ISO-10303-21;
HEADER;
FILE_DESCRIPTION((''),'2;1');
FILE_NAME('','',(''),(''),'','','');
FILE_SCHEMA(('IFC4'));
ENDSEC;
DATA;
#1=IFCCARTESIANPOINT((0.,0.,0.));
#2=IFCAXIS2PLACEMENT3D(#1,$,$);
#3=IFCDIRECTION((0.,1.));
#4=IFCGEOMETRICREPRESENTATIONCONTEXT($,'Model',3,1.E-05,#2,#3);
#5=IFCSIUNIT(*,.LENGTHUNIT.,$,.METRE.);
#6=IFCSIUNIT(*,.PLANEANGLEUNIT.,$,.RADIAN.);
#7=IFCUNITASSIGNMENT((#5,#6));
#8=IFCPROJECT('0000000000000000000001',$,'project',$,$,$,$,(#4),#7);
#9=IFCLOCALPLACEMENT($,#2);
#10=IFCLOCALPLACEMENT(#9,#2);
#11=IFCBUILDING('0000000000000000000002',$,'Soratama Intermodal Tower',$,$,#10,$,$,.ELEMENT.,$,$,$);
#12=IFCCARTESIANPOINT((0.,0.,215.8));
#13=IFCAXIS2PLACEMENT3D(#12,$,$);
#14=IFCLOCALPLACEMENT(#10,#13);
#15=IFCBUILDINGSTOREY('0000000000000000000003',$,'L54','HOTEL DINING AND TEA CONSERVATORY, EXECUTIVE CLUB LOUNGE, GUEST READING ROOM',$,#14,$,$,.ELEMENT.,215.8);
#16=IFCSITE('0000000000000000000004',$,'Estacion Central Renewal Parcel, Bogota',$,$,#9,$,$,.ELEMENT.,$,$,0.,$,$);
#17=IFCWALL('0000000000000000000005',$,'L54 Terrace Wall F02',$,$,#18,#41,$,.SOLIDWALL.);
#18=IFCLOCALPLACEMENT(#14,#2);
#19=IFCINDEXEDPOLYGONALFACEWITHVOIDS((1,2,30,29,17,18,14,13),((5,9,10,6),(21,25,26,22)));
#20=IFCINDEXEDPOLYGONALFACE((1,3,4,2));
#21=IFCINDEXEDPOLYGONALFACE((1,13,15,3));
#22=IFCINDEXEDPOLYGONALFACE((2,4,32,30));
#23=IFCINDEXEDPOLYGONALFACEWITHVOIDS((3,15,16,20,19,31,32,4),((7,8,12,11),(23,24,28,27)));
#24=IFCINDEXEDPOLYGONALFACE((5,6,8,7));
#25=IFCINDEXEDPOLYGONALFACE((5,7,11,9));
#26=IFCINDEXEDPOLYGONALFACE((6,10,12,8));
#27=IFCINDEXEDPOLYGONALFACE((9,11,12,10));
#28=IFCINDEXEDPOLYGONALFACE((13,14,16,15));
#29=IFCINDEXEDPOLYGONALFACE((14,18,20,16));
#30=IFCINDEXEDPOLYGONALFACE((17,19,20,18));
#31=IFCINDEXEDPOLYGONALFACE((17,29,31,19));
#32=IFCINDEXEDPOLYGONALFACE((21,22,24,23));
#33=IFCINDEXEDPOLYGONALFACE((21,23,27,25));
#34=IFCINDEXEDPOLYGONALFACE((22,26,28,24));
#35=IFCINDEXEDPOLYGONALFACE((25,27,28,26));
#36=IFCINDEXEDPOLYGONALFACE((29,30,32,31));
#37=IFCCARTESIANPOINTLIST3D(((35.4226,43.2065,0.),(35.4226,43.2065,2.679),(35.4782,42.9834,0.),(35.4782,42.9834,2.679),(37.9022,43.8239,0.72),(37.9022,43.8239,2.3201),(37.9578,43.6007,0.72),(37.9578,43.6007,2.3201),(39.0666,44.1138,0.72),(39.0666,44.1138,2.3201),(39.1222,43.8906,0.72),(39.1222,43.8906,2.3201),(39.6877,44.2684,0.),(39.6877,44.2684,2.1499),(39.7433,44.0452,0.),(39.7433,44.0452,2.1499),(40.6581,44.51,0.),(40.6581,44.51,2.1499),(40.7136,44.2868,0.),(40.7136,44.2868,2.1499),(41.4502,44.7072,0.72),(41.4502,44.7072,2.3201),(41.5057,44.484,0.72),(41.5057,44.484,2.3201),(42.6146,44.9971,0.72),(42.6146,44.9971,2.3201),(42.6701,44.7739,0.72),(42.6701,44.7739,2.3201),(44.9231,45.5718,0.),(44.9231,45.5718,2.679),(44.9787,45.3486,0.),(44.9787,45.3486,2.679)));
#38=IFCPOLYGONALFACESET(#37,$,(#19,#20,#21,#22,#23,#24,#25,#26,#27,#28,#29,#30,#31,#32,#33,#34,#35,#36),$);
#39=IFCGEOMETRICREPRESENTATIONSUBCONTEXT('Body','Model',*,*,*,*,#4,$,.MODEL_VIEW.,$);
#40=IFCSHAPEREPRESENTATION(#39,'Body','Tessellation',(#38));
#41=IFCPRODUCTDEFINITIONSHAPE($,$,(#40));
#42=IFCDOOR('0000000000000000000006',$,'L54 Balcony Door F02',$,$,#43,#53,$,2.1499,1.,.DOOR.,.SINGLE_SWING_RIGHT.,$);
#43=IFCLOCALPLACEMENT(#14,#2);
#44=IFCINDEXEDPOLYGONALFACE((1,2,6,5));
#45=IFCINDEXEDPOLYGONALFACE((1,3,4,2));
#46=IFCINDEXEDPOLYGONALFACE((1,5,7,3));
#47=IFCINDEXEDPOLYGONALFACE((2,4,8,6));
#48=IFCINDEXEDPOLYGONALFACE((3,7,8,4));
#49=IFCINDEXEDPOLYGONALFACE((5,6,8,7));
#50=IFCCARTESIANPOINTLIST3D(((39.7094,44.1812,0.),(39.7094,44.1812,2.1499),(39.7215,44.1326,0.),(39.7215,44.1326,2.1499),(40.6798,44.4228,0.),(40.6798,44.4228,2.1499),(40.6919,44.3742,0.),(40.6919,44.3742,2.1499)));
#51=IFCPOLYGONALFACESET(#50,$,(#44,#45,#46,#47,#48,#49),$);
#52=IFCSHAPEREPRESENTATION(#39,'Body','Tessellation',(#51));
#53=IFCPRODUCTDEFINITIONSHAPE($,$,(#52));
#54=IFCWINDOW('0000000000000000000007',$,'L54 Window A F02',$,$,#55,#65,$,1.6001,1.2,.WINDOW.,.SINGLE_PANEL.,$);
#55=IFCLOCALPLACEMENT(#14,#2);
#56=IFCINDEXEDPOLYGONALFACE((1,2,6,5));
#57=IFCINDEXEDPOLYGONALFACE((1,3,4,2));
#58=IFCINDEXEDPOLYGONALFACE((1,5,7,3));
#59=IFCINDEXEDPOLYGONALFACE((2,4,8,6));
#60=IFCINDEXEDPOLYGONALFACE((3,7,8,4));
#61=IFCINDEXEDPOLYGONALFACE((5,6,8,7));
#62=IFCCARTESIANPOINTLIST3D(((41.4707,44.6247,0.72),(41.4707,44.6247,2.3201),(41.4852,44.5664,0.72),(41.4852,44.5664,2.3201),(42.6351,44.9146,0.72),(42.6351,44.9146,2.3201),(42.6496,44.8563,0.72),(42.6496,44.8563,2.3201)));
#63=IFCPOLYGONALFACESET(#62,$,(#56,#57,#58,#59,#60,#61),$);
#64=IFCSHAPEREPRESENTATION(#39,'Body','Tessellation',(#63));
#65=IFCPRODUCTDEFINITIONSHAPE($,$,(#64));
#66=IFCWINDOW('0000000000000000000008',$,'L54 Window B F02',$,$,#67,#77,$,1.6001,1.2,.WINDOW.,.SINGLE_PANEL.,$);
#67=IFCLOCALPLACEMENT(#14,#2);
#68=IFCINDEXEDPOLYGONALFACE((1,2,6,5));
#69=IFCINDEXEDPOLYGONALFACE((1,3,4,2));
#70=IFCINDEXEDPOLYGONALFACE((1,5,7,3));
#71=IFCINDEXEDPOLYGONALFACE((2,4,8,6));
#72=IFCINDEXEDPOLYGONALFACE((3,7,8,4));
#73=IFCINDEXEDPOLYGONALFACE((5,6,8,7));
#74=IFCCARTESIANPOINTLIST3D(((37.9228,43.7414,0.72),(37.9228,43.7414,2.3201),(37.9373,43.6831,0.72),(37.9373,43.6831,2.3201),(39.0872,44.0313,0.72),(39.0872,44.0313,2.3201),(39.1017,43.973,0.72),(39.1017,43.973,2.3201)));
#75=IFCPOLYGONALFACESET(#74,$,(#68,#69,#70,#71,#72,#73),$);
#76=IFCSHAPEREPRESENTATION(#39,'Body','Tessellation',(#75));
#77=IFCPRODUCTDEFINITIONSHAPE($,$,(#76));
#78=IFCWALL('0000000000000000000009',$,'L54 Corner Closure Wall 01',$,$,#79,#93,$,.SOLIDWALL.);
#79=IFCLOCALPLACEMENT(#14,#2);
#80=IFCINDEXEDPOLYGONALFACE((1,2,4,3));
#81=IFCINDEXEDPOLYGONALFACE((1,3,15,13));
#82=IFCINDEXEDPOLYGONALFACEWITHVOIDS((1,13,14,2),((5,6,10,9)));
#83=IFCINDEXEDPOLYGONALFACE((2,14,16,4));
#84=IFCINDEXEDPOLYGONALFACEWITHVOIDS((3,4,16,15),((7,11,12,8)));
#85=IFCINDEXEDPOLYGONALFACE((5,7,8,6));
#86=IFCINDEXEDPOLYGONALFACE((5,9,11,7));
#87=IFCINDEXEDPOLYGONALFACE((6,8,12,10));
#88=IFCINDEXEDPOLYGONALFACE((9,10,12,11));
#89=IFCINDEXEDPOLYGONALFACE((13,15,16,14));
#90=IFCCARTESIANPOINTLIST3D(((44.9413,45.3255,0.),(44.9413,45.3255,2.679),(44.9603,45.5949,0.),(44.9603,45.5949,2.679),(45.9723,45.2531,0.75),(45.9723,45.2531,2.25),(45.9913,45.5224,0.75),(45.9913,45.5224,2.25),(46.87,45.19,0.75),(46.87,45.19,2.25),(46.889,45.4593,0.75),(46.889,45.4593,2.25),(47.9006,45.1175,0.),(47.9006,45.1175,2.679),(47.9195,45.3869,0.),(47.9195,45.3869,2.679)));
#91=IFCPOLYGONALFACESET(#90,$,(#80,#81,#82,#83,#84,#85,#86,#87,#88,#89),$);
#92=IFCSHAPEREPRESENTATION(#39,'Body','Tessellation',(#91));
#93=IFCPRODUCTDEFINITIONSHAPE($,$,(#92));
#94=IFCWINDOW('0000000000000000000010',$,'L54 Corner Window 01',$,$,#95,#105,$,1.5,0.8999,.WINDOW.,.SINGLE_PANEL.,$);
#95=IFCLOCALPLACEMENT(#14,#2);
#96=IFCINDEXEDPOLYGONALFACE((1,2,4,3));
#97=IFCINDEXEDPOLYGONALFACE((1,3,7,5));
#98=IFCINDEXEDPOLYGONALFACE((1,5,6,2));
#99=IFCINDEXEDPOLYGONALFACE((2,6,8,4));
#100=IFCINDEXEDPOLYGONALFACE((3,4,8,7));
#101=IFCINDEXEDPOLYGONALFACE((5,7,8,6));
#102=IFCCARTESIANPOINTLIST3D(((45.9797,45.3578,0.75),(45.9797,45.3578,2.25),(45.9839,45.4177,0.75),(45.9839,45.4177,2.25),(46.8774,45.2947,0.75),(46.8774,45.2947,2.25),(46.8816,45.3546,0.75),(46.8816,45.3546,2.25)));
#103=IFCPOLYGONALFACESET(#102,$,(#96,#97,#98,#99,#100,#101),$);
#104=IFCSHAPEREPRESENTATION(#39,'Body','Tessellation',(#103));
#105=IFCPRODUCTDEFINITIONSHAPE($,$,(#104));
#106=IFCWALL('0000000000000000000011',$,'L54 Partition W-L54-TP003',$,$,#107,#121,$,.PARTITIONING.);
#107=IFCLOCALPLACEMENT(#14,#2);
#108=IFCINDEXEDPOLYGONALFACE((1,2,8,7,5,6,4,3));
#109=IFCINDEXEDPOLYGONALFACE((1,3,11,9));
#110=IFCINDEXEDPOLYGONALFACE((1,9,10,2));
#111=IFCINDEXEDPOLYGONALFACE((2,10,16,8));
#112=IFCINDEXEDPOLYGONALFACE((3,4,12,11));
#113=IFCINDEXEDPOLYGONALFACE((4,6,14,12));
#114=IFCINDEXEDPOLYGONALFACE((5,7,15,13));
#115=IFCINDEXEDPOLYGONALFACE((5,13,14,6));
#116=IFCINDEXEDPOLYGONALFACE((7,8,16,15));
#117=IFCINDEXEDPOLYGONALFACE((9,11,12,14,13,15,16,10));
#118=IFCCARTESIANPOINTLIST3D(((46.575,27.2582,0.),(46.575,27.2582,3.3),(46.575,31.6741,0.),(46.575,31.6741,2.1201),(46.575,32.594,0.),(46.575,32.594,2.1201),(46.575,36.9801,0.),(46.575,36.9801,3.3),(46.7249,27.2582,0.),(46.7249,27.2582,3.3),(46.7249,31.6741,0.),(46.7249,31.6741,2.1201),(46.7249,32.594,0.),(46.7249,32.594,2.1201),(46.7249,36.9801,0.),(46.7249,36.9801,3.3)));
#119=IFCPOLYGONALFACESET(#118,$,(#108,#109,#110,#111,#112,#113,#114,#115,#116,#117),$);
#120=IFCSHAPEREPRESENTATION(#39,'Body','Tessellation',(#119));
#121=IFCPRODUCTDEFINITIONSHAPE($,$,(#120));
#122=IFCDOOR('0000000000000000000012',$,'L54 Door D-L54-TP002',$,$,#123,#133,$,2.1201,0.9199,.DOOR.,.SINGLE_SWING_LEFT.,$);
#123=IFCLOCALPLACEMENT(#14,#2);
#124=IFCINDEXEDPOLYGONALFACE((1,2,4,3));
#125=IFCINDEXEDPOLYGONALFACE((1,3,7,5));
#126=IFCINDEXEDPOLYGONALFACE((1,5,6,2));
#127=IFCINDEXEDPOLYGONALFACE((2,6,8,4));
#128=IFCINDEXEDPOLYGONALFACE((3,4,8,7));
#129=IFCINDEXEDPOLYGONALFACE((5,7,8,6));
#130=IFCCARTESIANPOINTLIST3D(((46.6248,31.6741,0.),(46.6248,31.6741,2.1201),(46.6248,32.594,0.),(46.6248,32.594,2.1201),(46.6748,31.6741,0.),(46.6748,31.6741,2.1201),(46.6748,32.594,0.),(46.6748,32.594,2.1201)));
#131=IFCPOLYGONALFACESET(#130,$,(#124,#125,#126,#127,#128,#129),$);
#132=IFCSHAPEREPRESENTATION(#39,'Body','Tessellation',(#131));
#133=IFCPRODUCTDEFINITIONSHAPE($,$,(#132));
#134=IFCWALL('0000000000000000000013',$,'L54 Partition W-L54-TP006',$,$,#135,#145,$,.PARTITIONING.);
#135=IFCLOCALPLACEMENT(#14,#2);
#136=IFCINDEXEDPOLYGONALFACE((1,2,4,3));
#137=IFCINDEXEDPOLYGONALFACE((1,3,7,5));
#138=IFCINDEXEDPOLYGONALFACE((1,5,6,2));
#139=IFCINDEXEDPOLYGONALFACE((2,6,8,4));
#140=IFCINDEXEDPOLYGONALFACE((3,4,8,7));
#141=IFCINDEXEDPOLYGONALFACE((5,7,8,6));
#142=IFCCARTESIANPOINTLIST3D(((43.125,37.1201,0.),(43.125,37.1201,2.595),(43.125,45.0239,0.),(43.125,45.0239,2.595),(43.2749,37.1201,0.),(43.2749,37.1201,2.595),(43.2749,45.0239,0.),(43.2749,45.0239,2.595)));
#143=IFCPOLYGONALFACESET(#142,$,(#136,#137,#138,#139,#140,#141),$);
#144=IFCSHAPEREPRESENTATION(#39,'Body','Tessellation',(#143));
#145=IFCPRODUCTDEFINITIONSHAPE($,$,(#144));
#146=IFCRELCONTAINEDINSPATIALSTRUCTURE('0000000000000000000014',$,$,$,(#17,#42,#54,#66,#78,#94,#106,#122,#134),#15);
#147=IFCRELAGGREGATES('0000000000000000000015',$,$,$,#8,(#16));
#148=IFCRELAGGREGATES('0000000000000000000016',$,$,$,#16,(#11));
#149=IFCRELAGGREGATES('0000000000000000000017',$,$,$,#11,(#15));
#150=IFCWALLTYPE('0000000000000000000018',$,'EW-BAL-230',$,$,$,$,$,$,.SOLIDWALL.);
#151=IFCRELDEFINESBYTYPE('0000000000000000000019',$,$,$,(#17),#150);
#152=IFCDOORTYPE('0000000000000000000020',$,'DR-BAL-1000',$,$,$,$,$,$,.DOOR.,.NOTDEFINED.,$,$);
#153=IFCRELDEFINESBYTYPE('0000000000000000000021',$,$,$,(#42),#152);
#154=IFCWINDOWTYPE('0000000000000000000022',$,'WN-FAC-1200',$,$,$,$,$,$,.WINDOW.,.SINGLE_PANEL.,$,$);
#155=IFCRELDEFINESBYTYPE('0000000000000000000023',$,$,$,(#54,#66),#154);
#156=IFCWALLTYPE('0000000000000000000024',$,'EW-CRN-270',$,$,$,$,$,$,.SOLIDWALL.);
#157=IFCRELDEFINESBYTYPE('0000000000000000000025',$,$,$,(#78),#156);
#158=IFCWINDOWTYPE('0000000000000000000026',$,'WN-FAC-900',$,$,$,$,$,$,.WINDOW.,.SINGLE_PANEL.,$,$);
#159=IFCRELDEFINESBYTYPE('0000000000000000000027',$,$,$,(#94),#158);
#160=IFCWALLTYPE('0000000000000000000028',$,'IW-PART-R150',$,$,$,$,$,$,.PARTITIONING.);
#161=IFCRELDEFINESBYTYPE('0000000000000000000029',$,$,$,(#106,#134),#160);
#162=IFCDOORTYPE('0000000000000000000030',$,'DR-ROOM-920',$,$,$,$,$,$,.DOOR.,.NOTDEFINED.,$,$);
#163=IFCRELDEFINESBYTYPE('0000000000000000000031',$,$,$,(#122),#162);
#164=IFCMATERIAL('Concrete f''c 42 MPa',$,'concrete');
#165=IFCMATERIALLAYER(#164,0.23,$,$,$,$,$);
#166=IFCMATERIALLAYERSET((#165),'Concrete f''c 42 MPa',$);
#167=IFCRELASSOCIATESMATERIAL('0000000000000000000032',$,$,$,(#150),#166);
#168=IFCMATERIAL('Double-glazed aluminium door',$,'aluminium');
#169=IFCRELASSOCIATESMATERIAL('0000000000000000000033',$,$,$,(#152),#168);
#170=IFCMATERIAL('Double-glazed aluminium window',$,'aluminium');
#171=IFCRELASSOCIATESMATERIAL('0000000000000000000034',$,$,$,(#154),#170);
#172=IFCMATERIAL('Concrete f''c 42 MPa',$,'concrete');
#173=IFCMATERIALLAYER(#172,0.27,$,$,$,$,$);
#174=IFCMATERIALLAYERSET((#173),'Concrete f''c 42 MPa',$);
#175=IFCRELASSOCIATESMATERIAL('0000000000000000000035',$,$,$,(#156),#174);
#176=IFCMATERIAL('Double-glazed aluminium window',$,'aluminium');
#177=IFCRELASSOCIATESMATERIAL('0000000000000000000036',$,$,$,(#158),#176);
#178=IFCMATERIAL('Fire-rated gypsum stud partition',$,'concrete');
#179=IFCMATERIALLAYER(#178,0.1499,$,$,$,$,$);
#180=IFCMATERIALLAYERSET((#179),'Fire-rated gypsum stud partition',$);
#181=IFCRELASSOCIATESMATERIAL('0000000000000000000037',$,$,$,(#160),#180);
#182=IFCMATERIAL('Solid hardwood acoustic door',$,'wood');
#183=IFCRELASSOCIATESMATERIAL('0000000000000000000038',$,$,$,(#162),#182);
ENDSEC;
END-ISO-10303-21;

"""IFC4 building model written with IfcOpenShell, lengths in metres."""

from ifc_helpers import new_model, si_unit, direction, frame, frame_2d, origin, place, context, subcontext, project, spatial, rectangle, extrude, material, layer, layer_set, type_object, element, fill, save


model = new_model("IFC4")

# Units and contexts
model_context = context("Model", 3, precision=1e-05, world=origin(), true_north=direction((0.0, 1.0)))
body_context = subcontext(model_context, "Body", "Model", "MODEL_VIEW")
ifc_project = project(units=[si_unit("LENGTHUNIT", "METRE"), si_unit("PLANEANGLEUNIT", "RADIAN")], contexts=[model_context])

# Site, building, storey
site_placement = place(None, origin())
site = spatial("IfcSite", under=ifc_project, at=site_placement, Name="Estacion Central Renewal Parcel, Bogota", CompositionType="ELEMENT", RefElevation=0.0)
building_placement = place(site_placement, origin())
building = spatial("IfcBuilding", under=site, at=building_placement, Name="Soratama Intermodal Tower", CompositionType="ELEMENT")
storey_placement = place(building_placement, frame((0.0, 0.0, 215.8)))
storey = spatial("IfcBuildingStorey", under=building, at=storey_placement, Name="L54", Description="HOTEL DINING AND TEA CONSERVATORY, EXECUTIVE CLUB LOUNGE, GUEST READING ROOM", CompositionType="ELEMENT", Elevation=215.8)

# Wall, openings, door, windows
ifc_material_1 = material(Name="Concrete f'c 42 MPa", Category="concrete")
ifc_layer_1 = layer(ifc_material_1, 0.23)
ifc_layer_set_1 = layer_set([ifc_layer_1], Name="Concrete f'c 42 MPa")
wall_type_1 = type_object("IfcWallType", Name="EW-BAL-230", PredefinedType="SOLIDWALL", material=ifc_layer_set_1)
wall_1_placement = place(storey_placement, frame((44.9509, 45.4602, 0.0), z_axis=(0.0, 0.0, 1.0), x_axis=(-0.97038, -0.241585, 0.0)))
wall_1 = element("IfcWall", 1, at=wall_1_placement, inside=storey, type_object=wall_type_1, Name="L54 Terrace Wall F02", PredefinedType="SOLIDWALL", context=body_context, shape_type="SweptSolid", body=[
    extrude(rectangle(XDim=9.7905, YDim=0.23, at=frame_2d((4.8953, 0.0))), origin(), (0.0, 0.0, 1.0), 2.679),
])
opening_1_placement = place(wall_1_placement, frame((4.3953, 0.0, 0.0)))
opening_1 = element("IfcOpeningElement", 2, at=opening_1_placement, cuts=wall_1, PredefinedType="OPENING", context=body_context, shape_type="SweptSolid", body=[
    extrude(rectangle(XDim=1.0, YDim=2.1499, at=frame_2d((0.5, 1.075))), frame((0.0, 0.125, 0.0), z_axis=(0.0, -1.0, 0.0), x_axis=(1.0, 0.0, 0.0)), (0.0, 0.0, 1.0), 0.25),
])
opening_2_placement = place(wall_1_placement, frame((2.3789, 0.0, 0.72)))
opening_2 = element("IfcOpeningElement", 3, at=opening_2_placement, cuts=wall_1, PredefinedType="OPENING", context=body_context, shape_type="SweptSolid", body=[
    extrude(rectangle(XDim=1.2, YDim=1.6001, at=frame_2d((0.6001, 0.8))), frame((0.0, 0.125, 0.0), z_axis=(0.0, -1.0, 0.0), x_axis=(1.0, 0.0, 0.0)), (0.0, 0.0, 1.0), 0.25),
])
opening_3_placement = place(wall_1_placement, frame((6.0352, 0.0, 0.72)))
opening_3 = element("IfcOpeningElement", 4, at=opening_3_placement, cuts=wall_1, PredefinedType="OPENING", context=body_context, shape_type="SweptSolid", body=[
    extrude(rectangle(XDim=1.2, YDim=1.6001, at=frame_2d((0.6001, 0.8))), frame((0.0, 0.125, 0.0), z_axis=(0.0, -1.0, 0.0), x_axis=(1.0, 0.0, 0.0)), (0.0, 0.0, 1.0), 0.25),
])
ifc_material_2 = material(Name="Double-glazed aluminium door", Category="aluminium")
door_type_1 = type_object("IfcDoorType", Name="DR-BAL-1000", OperationType="NOTDEFINED", PredefinedType="DOOR", material=ifc_material_2)
door_1_placement = place(opening_1_placement, origin())
door_1 = element("IfcDoor", 5, at=door_1_placement, inside=storey, type_object=door_type_1, Name="L54 Balcony Door F02", OperationType="SINGLE_SWING_RIGHT", OverallHeight=2.1499, OverallWidth=1.0, PredefinedType="DOOR", context=body_context, shape_type="SweptSolid", body=[
    extrude(rectangle(XDim=1.0, YDim=2.1499, at=frame_2d((0.5, 1.075))), frame((0.0, 0.0249, 0.0), z_axis=(0.0, -1.0, 0.0), x_axis=(1.0, 0.0, 0.0)), (0.0, 0.0, 1.0), 0.05),
])
fill(opening_1, door_1)
ifc_material_3 = material(Name="Double-glazed aluminium window", Category="aluminium")
window_type_1 = type_object("IfcWindowType", Name="WN-FAC-1200", PartitioningType="SINGLE_PANEL", PredefinedType="WINDOW", material=ifc_material_3)
window_1_placement = place(opening_2_placement, origin())
window_1 = element("IfcWindow", 6, at=window_1_placement, inside=storey, type_object=window_type_1, Name="L54 Window A F02", OverallHeight=1.6001, OverallWidth=1.2, PartitioningType="SINGLE_PANEL", PredefinedType="WINDOW", context=body_context, shape_type="SweptSolid", body=[
    extrude(rectangle(XDim=1.2, YDim=1.6001, at=frame_2d((0.6001, 0.8))), frame((0.0, 0.03, 0.0), z_axis=(0.0, -1.0, 0.0), x_axis=(1.0, 0.0, 0.0)), (0.0, 0.0, 1.0), 0.0601),
])
fill(opening_2, window_1)
window_2_placement = place(opening_3_placement, origin())
window_2 = element("IfcWindow", 7, at=window_2_placement, inside=storey, type_object=window_type_1, Name="L54 Window B F02", OverallHeight=1.6001, OverallWidth=1.2, PartitioningType="SINGLE_PANEL", PredefinedType="WINDOW", context=body_context, shape_type="SweptSolid", body=[
    extrude(rectangle(XDim=1.2, YDim=1.6001, at=frame_2d((0.6001, 0.8))), frame((0.0, 0.03, 0.0), z_axis=(0.0, -1.0, 0.0), x_axis=(1.0, 0.0, 0.0)), (0.0, 0.0, 1.0), 0.0601),
])
fill(opening_3, window_2)

# Wall, opening, window
ifc_material_4 = material(Name="Concrete f'c 42 MPa", Category="concrete")
ifc_layer_2 = layer(ifc_material_4, 0.27)
ifc_layer_set_2 = layer_set([ifc_layer_2], Name="Concrete f'c 42 MPa")
wall_type_2 = type_object("IfcWallType", Name="EW-CRN-270", PredefinedType="SOLIDWALL", material=ifc_layer_set_2)
wall_2_placement = place(storey_placement, frame((47.9102, 45.2522, 0.0), z_axis=(0.0, 0.0, 1.0), x_axis=(-0.997539, 0.070118, 0.0)))
wall_2 = element("IfcWall", 8, at=wall_2_placement, inside=storey, type_object=wall_type_2, Name="L54 Corner Closure Wall 01", PredefinedType="SOLIDWALL", context=body_context, shape_type="SweptSolid", body=[
    extrude(rectangle(XDim=2.9666, YDim=0.27, at=frame_2d((1.4834, 0.0))), origin(), (0.0, 0.0, 1.0), 2.679),
])
opening_4_placement = place(wall_2_placement, frame((1.0332, 0.0, 0.75)))
opening_4 = element("IfcOpeningElement", 9, at=opening_4_placement, cuts=wall_2, PredefinedType="OPENING", context=body_context, shape_type="SweptSolid", body=[
    extrude(rectangle(XDim=0.8999, YDim=1.5, at=frame_2d((0.45, 0.75))), frame((0.0, 0.145, 0.0), z_axis=(0.0, -1.0, 0.0), x_axis=(1.0, 0.0, 0.0)), (0.0, 0.0, 1.0), 0.29),
])
ifc_material_5 = material(Name="Double-glazed aluminium window", Category="aluminium")
window_type_2 = type_object("IfcWindowType", Name="WN-FAC-900", PartitioningType="SINGLE_PANEL", PredefinedType="WINDOW", material=ifc_material_5)
window_3_placement = place(opening_4_placement, origin())
window_3 = element("IfcWindow", 10, at=window_3_placement, inside=storey, type_object=window_type_2, Name="L54 Corner Window 01", OverallHeight=1.5, OverallWidth=0.8999, PartitioningType="SINGLE_PANEL", PredefinedType="WINDOW", context=body_context, shape_type="SweptSolid", body=[
    extrude(rectangle(XDim=0.8999, YDim=1.5, at=frame_2d((0.45, 0.75))), frame((0.0, 0.03, 0.0), z_axis=(0.0, -1.0, 0.0), x_axis=(1.0, 0.0, 0.0)), (0.0, 0.0, 1.0), 0.0601),
])
fill(opening_4, window_3)

# Wall, opening, door
ifc_material_6 = material(Name="Fire-rated gypsum stud partition", Category="concrete")
ifc_layer_3 = layer(ifc_material_6, 0.1499)
ifc_layer_set_3 = layer_set([ifc_layer_3], Name="Fire-rated gypsum stud partition")
wall_type_3 = type_object("IfcWallType", Name="IW-PART-R150", PredefinedType="PARTITIONING", material=ifc_layer_set_3)
wall_3_placement = place(storey_placement, frame((46.6499, 36.98, 0.0), z_axis=(0.0, 0.0, 1.0), x_axis=(0.0, -1.0, 0.0)))
wall_3 = element("IfcWall", 11, at=wall_3_placement, inside=storey, type_object=wall_type_3, Name="L54 Partition W-L54-TP003", PredefinedType="PARTITIONING", context=body_context, shape_type="SweptSolid", body=[
    extrude(rectangle(XDim=9.7219, YDim=0.1499, at=frame_2d((4.8608, 0.0))), origin(), (0.0, 0.0, 1.0), 3.3),
])
opening_5_placement = place(wall_3_placement, frame((4.386, 0.0, 0.0)))
opening_5 = element("IfcOpeningElement", 12, at=opening_5_placement, cuts=wall_3, PredefinedType="OPENING", context=body_context, shape_type="SweptSolid", body=[
    extrude(rectangle(XDim=0.9199, YDim=2.1201, at=frame_2d((0.46, 1.0601))), frame((0.0, 0.085, 0.0), z_axis=(0.0, -1.0, 0.0), x_axis=(1.0, 0.0, 0.0)), (0.0, 0.0, 1.0), 0.1699),
])
ifc_material_7 = material(Name="Solid hardwood acoustic door", Category="wood")
door_type_2 = type_object("IfcDoorType", Name="DR-ROOM-920", OperationType="NOTDEFINED", PredefinedType="DOOR", material=ifc_material_7)
door_2_placement = place(opening_5_placement, origin())
door_2 = element("IfcDoor", 13, at=door_2_placement, inside=storey, type_object=door_type_2, Name="L54 Door D-L54-TP002", OperationType="SINGLE_SWING_LEFT", OverallHeight=2.1201, OverallWidth=0.9199, PredefinedType="DOOR", context=body_context, shape_type="SweptSolid", body=[
    extrude(rectangle(XDim=0.9199, YDim=2.1201, at=frame_2d((0.46, 1.0601))), frame((0.0, 0.0249, 0.0), z_axis=(0.0, -1.0, 0.0), x_axis=(1.0, 0.0, 0.0)), (0.0, 0.0, 1.0), 0.05),
])
fill(opening_5, door_2)

# Wall
wall_4_placement = place(storey_placement, frame((43.2, 45.0239, 0.0), z_axis=(0.0, 0.0, 1.0), x_axis=(0.0, -1.0, 0.0)))
element("IfcWall", 14, at=wall_4_placement, inside=storey, type_object=wall_type_3, Name="L54 Partition W-L54-TP006", PredefinedType="PARTITIONING", context=body_context, shape_type="SweptSolid", body=[
    extrude(rectangle(XDim=7.9038, YDim=0.1499, at=frame_2d((3.9519, 0.0))), origin(), (0.0, 0.0, 1.0), 2.595),
])

save(model, "model.ifc")
